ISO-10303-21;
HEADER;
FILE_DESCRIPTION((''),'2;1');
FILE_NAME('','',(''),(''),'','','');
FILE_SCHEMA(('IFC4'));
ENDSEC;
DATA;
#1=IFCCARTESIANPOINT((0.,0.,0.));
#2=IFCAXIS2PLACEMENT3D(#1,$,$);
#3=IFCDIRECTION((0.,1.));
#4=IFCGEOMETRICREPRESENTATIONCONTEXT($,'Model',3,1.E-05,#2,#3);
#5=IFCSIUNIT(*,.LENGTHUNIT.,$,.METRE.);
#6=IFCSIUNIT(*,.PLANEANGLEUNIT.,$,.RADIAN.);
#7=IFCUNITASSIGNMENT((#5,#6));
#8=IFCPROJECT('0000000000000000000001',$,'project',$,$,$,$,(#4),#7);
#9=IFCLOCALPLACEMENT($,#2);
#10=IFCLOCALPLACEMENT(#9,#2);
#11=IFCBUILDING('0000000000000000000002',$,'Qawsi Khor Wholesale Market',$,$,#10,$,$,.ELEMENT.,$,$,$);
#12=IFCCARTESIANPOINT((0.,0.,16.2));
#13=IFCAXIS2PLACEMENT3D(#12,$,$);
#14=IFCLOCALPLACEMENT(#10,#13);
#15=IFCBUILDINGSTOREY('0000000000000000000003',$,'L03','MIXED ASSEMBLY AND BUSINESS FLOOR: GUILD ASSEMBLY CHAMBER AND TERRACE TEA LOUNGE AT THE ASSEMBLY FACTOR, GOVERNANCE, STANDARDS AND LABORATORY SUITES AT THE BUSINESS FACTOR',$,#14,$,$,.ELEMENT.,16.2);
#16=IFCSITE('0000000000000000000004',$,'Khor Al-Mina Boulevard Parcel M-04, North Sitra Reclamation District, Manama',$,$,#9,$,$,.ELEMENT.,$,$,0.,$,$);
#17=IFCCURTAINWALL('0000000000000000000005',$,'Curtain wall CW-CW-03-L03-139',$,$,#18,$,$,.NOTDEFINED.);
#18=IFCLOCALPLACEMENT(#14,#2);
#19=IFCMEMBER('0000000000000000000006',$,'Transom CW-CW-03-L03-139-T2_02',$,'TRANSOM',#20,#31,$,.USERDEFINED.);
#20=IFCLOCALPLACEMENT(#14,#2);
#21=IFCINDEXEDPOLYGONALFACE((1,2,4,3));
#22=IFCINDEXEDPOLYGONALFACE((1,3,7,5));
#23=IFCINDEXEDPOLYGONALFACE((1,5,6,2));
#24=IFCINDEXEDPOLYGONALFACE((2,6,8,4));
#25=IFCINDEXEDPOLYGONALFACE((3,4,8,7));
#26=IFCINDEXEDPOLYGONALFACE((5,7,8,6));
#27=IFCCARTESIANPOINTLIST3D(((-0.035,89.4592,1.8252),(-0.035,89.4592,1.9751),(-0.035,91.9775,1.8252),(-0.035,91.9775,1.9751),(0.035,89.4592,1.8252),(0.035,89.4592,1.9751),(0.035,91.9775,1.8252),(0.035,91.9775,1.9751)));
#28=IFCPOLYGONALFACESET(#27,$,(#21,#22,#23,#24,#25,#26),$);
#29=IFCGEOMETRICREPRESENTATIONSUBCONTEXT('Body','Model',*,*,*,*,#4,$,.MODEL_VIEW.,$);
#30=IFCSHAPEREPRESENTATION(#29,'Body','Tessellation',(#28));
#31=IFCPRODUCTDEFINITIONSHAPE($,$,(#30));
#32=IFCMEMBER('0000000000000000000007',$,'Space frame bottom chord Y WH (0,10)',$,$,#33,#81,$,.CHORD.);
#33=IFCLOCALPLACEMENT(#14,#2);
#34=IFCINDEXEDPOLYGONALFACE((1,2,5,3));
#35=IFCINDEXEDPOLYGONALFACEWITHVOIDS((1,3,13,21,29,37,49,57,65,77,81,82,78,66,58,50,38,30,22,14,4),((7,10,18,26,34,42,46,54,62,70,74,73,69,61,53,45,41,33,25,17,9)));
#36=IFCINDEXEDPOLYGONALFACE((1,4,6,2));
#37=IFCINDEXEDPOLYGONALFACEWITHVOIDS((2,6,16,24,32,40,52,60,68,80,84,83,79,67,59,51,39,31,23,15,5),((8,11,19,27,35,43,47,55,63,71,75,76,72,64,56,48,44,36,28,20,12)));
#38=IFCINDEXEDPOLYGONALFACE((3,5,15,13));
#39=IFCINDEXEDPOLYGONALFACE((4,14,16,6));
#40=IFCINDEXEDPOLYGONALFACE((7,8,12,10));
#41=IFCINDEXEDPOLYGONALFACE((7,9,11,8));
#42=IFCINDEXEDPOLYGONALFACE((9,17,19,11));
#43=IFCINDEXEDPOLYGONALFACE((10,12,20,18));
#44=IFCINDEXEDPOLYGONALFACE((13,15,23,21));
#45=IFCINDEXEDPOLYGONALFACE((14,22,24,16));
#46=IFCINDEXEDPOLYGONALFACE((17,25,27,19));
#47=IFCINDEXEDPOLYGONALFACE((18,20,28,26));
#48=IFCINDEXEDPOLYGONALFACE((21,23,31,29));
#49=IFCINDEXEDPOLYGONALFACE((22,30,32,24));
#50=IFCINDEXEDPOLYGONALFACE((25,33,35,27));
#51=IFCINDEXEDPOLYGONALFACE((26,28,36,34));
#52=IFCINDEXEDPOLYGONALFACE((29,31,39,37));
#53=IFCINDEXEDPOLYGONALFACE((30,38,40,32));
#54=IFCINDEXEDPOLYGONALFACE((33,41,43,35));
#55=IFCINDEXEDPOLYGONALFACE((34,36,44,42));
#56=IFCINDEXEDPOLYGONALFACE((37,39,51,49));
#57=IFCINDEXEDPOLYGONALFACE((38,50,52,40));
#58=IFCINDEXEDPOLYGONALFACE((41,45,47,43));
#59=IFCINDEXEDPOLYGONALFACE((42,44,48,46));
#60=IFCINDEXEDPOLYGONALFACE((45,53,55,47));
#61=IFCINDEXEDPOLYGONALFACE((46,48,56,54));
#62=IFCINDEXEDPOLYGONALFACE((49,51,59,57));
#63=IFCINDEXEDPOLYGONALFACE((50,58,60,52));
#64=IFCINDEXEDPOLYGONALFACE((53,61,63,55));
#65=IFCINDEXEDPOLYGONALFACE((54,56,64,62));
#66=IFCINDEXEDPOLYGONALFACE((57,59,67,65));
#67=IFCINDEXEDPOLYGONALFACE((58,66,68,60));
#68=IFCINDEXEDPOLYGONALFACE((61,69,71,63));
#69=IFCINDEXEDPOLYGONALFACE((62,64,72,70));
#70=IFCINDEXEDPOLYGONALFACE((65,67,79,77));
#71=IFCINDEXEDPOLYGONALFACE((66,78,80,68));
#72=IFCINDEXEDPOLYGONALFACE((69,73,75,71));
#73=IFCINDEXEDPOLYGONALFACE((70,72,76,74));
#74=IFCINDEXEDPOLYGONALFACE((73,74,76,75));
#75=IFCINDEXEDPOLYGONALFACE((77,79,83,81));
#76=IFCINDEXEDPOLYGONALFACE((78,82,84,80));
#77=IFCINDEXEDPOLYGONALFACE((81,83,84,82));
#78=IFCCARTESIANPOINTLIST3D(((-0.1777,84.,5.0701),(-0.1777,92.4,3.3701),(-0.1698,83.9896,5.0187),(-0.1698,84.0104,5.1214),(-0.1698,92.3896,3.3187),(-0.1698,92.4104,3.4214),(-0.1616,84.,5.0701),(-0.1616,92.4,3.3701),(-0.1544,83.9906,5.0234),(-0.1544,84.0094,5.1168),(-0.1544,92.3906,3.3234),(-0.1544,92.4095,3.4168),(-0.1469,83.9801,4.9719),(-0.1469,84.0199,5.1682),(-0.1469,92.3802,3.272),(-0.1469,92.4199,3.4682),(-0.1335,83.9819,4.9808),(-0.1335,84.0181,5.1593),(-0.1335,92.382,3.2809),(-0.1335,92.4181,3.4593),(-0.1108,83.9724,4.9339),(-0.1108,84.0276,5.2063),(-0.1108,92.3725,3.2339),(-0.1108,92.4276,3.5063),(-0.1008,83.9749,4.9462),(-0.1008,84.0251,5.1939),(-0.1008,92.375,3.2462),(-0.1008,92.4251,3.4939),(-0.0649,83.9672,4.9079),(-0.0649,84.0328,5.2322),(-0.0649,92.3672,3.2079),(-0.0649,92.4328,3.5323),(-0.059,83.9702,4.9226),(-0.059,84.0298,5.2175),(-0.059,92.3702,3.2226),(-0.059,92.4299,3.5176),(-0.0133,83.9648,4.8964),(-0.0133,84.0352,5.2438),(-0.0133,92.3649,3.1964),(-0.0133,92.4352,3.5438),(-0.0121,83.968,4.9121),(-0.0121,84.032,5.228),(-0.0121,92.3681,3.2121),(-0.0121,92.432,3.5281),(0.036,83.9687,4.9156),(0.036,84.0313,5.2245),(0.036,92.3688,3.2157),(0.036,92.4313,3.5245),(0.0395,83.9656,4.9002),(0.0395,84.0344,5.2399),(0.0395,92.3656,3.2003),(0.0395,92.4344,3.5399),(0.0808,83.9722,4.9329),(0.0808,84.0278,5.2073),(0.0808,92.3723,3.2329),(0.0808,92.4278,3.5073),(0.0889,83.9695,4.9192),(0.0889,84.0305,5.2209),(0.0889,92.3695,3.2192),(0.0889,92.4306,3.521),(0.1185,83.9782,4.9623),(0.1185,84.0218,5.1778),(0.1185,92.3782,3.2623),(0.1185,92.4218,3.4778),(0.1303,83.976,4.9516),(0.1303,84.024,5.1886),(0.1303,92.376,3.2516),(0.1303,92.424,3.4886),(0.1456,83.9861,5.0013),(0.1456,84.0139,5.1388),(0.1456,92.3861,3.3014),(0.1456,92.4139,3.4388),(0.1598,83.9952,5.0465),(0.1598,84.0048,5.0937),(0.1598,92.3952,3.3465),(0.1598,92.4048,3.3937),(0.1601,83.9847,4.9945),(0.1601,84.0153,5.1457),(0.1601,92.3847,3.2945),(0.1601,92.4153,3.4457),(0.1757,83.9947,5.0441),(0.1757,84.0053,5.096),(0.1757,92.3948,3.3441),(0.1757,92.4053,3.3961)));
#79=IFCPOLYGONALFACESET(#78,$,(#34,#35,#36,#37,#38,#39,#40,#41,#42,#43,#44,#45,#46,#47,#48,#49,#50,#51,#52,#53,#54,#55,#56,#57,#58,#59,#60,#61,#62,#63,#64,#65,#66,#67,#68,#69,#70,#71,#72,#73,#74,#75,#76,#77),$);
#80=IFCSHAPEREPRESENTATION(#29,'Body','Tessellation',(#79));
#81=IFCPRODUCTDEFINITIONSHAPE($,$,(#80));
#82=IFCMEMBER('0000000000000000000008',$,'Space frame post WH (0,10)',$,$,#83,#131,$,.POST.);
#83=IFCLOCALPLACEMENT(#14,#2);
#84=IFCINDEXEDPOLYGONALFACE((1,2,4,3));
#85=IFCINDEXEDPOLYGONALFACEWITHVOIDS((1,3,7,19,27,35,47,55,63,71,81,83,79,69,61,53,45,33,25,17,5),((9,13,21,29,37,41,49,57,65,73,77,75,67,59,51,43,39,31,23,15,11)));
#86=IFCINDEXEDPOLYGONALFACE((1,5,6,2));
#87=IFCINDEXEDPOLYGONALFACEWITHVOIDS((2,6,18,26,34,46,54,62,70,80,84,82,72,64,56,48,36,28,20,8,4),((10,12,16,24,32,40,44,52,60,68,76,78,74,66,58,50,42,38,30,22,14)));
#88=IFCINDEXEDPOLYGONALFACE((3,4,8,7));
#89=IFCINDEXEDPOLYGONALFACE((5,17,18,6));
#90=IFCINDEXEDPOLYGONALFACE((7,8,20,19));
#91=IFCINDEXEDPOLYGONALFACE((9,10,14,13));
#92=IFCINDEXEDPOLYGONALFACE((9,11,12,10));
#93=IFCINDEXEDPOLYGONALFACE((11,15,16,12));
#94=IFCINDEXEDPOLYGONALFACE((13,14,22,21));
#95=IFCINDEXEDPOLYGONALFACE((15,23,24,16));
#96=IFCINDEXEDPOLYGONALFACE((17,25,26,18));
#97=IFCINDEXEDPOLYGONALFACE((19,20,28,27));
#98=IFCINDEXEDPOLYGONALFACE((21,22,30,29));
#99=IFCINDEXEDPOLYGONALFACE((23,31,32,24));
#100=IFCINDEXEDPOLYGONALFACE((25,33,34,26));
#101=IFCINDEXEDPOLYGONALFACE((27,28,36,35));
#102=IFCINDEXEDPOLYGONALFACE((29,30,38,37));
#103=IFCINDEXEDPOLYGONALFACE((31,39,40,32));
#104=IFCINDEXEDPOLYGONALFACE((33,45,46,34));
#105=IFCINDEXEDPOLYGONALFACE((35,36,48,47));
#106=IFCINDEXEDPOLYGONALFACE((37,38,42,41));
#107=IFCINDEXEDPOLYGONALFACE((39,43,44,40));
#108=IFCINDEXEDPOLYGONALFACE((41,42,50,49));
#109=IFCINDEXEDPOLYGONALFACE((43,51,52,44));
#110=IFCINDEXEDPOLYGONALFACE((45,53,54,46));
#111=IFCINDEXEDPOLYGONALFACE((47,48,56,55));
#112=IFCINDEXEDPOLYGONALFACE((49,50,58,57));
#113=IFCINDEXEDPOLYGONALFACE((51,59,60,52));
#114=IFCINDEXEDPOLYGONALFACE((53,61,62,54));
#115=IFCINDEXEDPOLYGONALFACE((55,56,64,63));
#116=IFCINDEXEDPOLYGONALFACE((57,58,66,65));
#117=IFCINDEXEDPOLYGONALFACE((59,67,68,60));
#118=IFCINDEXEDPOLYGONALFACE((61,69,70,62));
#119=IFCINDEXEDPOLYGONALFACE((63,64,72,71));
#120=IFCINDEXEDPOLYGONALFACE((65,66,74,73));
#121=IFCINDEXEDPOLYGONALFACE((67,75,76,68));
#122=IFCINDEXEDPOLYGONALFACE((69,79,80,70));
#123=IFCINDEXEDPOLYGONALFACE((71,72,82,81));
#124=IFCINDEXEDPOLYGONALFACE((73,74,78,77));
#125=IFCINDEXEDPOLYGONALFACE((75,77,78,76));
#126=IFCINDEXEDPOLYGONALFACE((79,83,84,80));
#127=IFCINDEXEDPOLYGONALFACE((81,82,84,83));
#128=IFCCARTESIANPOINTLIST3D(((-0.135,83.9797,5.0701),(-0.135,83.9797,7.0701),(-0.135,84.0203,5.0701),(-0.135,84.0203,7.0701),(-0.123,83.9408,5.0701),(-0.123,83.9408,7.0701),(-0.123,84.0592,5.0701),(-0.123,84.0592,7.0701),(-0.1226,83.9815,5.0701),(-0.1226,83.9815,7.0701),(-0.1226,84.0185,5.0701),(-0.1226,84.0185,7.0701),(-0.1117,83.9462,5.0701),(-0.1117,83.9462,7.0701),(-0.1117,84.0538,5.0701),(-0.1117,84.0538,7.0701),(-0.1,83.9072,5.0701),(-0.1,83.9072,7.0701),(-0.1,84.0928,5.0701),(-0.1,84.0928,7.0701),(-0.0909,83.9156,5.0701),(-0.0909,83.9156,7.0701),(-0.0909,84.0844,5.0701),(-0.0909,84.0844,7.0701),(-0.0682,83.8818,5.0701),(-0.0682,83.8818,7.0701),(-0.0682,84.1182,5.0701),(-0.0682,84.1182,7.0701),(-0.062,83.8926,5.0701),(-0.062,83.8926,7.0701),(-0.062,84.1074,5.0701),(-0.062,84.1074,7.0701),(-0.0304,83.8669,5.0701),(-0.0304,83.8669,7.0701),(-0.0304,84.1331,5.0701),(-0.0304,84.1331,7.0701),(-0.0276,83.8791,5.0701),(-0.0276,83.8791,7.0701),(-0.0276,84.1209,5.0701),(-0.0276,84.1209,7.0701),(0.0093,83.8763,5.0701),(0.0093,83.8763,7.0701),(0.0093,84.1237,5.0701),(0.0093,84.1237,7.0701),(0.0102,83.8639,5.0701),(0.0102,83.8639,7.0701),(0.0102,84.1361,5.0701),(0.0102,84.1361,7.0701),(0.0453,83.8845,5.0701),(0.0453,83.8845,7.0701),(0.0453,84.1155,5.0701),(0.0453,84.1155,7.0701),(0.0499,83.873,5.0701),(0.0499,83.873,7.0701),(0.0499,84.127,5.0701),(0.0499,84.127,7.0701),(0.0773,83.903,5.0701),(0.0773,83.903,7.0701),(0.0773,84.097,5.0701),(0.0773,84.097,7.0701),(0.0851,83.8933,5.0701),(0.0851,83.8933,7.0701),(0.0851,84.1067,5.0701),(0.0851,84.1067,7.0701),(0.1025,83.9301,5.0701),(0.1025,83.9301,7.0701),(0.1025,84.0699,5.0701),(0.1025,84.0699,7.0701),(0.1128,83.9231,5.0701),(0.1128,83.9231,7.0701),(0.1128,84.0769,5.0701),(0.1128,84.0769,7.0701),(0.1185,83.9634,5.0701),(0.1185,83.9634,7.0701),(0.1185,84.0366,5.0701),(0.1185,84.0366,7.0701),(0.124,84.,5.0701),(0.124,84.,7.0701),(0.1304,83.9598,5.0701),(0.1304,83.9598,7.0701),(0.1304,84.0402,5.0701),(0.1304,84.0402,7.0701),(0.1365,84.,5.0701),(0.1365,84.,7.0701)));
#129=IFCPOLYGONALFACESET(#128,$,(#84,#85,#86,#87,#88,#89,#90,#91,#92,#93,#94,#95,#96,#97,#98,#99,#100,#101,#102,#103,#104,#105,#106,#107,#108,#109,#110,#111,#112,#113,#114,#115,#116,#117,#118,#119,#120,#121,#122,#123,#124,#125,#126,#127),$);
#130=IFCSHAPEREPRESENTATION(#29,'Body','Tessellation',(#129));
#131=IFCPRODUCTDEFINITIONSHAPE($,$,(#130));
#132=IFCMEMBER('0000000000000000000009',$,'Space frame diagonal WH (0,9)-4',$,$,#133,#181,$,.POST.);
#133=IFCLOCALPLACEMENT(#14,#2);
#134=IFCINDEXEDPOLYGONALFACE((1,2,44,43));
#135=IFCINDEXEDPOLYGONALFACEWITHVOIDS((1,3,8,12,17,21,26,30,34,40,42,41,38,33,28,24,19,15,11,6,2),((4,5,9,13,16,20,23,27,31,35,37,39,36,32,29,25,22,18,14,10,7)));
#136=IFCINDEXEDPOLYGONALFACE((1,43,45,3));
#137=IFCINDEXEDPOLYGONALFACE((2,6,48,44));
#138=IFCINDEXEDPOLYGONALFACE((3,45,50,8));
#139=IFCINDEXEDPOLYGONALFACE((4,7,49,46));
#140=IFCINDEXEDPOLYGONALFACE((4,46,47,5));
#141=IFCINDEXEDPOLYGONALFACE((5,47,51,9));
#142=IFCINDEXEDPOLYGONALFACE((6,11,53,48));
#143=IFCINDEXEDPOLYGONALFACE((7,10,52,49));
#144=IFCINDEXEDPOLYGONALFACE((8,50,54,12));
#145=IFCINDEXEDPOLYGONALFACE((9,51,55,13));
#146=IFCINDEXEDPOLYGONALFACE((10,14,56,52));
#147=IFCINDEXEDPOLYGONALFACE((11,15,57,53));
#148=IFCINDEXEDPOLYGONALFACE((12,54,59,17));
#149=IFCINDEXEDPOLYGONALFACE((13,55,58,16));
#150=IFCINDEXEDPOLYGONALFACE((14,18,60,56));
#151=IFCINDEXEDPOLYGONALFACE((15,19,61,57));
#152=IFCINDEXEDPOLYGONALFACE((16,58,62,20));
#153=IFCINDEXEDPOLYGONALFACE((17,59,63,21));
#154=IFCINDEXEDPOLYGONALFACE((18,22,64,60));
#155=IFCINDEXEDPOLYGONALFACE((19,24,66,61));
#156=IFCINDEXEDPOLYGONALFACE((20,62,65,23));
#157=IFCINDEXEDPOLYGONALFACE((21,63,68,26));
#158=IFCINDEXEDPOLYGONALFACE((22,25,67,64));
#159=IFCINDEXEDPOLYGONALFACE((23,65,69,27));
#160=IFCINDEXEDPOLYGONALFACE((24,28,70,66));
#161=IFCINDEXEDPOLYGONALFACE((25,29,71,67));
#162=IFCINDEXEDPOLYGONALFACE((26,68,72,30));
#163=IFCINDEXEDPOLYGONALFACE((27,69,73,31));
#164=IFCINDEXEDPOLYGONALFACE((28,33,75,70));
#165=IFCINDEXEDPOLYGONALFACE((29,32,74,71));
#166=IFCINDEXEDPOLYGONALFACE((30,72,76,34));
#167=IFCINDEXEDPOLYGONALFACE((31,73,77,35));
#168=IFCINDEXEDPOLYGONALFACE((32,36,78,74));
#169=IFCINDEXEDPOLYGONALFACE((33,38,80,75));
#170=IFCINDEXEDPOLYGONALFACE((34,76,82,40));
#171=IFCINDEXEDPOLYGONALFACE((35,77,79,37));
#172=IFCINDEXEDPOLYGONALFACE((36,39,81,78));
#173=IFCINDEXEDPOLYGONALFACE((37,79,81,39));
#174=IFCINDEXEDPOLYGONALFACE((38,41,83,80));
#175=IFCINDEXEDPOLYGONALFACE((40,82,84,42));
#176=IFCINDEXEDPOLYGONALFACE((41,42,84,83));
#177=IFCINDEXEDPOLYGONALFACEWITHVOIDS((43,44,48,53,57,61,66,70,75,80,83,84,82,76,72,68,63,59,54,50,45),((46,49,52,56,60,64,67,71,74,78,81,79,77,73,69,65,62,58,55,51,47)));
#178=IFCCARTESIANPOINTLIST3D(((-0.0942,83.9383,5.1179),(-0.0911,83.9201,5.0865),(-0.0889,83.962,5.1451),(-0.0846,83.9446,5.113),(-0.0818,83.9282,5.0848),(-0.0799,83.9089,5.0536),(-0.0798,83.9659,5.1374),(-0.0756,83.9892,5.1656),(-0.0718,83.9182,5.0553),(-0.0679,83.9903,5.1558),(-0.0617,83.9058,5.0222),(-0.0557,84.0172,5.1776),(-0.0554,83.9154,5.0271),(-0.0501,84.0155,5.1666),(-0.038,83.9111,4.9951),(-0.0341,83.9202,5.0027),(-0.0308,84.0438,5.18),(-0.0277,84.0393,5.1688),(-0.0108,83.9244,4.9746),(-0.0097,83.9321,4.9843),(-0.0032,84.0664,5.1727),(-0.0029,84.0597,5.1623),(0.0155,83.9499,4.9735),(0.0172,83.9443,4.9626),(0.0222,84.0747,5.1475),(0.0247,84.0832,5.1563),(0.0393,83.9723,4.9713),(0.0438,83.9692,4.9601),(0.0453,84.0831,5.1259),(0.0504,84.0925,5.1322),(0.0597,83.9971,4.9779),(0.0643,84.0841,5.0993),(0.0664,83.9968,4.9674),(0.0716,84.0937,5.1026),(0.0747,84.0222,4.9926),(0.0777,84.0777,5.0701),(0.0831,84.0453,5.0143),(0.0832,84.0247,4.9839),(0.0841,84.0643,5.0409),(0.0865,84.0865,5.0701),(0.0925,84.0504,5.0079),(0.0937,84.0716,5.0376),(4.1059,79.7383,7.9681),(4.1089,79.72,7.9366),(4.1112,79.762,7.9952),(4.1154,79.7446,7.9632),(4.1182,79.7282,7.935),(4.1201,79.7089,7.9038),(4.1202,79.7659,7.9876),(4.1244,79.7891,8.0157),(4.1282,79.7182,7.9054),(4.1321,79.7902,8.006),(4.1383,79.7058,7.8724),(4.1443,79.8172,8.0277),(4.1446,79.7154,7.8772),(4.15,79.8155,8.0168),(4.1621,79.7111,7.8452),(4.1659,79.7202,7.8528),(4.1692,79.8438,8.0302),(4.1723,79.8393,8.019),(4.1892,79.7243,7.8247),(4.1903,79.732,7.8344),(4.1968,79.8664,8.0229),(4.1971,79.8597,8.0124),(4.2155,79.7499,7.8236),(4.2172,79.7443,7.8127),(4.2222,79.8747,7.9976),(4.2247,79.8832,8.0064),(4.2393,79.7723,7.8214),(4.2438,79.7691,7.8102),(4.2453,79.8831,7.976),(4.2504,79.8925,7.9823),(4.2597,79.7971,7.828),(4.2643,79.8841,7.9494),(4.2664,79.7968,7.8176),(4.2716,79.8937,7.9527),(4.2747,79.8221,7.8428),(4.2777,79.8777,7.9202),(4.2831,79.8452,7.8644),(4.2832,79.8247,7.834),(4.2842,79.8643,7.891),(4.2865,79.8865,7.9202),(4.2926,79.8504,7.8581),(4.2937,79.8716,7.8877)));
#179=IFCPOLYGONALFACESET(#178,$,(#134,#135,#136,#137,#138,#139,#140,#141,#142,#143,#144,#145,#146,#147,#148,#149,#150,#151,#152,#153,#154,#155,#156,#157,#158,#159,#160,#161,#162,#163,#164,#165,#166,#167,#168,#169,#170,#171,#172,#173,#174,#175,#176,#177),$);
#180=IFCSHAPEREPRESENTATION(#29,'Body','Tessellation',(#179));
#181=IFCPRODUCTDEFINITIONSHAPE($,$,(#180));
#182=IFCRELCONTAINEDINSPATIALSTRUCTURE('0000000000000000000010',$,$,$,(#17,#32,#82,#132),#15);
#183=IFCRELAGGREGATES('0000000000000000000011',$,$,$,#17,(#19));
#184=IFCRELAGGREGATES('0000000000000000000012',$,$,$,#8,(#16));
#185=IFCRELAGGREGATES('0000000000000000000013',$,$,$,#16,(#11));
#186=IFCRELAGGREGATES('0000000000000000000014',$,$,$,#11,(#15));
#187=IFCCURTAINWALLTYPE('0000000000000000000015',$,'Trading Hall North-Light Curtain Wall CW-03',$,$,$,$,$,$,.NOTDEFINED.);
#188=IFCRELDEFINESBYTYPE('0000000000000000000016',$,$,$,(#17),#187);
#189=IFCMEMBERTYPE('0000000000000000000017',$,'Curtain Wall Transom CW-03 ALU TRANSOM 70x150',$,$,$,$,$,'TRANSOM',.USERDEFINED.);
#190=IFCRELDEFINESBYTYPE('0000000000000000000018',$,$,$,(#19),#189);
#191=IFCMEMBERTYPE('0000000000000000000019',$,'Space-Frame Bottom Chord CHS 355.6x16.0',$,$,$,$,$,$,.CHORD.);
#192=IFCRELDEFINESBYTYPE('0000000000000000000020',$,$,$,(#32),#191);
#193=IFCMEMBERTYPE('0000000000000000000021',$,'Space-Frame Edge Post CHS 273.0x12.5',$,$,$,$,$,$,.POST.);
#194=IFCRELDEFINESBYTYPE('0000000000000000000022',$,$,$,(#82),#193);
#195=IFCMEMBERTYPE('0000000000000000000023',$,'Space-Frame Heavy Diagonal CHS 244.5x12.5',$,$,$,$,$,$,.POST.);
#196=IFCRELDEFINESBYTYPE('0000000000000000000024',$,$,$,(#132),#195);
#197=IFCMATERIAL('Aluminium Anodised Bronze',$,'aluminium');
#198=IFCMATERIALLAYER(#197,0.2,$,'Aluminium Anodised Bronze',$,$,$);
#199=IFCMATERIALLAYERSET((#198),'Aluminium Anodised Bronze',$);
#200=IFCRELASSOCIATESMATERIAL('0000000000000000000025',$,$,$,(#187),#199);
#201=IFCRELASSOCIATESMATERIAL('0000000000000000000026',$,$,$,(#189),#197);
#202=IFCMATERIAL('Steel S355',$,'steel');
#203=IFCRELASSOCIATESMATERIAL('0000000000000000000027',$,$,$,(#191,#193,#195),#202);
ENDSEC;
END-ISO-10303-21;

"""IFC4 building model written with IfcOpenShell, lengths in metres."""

from ifc_helpers import new_model, si_unit, direction, frame, origin, origin_2d, place, context, subcontext, project, spatial, rectangle, hollow_circle, extrude, material, layer, layer_set, material_profile, profile_set, type_object, element, aggregate, save


model = new_model("IFC4")

# Units and contexts
model_context = context("Model", 3, precision=1e-05, world=origin(), true_north=direction((0.0, 1.0)))
body_context = subcontext(model_context, "Body", "Model", "MODEL_VIEW")
ifc_project = project(units=[si_unit("LENGTHUNIT", "METRE"), si_unit("PLANEANGLEUNIT", "RADIAN")], contexts=[model_context])

# Site, building, storey
site_placement = place(None, origin())
site = spatial("IfcSite", under=ifc_project, at=site_placement, Name="Khor Al-Mina Boulevard Parcel M-04, North Sitra Reclamation District, Manama", CompositionType="ELEMENT", RefElevation=0.0)
building_placement = place(site_placement, origin())
building = spatial("IfcBuilding", under=site, at=building_placement, Name="Qawsi Khor Wholesale Market", CompositionType="ELEMENT")
storey_placement = place(building_placement, frame((0.0, 0.0, 16.2)))
storey = spatial("IfcBuildingStorey", under=building, at=storey_placement, Name="L03", Description="MIXED ASSEMBLY AND BUSINESS FLOOR: GUILD ASSEMBLY CHAMBER AND TERRACE TEA LOUNGE AT THE ASSEMBLY FACTOR, GOVERNANCE, STANDARDS AND LABORATORY SUITES AT THE BUSINESS FACTOR", CompositionType="ELEMENT", Elevation=16.2)

# Shared definitions
ifc_material_1 = material(Name="Aluminium Anodised Bronze", Category="aluminium")
ifc_layer_1 = layer(ifc_material_1, 0.2, Name="Aluminium Anodised Bronze")
ifc_layer_set_1 = layer_set([ifc_layer_1], Name="Aluminium Anodised Bronze")
curtain_wall_type = type_object("IfcCurtainWallType", Name="Trading Hall North-Light Curtain Wall CW-03", PredefinedType="NOTDEFINED", material=ifc_layer_set_1)

# Curtain wall
curtain_wall_1_placement = place(storey_placement, origin())
curtain_wall_1 = element("IfcCurtainWall", 1, at=curtain_wall_1_placement, inside=storey, type_object=curtain_wall_type, Name="Curtain wall CW-CW-03-L03-139", PredefinedType="NOTDEFINED")

# Member
ifc_material_profile_1 = material_profile(ifc_material_1, rectangle(XDim=0.0701, YDim=0.1499, at=origin_2d()), Name="ALU TRANSOM 70x150")
ifc_profile_set_1 = profile_set([ifc_material_profile_1], Name="Aluminium Anodised Bronze")
member_type_1 = type_object("IfcMemberType", Name="Curtain Wall Transom CW-03 ALU TRANSOM 70x150", ElementType="TRANSOM", PredefinedType="USERDEFINED", material=ifc_profile_set_1)
member_1_placement = place(storey_placement, frame((0.0, 89.4592, 1.9001), z_axis=(0.0, 1.0, 0.0), x_axis=(-1.0, 0.0, 0.0)))
member_1 = element("IfcMember", 2, at=member_1_placement, type_object=member_type_1, Name="Transom CW-CW-03-L03-139-T2_02", ObjectType="TRANSOM", PredefinedType="USERDEFINED", context=body_context, shape_type="SweptSolid", body=[
    extrude(rectangle(XDim=0.0701, YDim=0.1499, at=origin_2d()), origin(), (0.0, 0.0, 1.0), 2.5183),
])

# Members
ifc_material_2 = material(Name="Steel S355", Category="steel")
ifc_material_profile_2 = material_profile(ifc_material_2, hollow_circle(Radius=0.1777, WallThickness=0.0161, at=origin_2d()), Name="CHS 355.6x16.0")
ifc_profile_set_2 = profile_set([ifc_material_profile_2], Name="Steel S355")
member_type_2 = type_object("IfcMemberType", Name="Space-Frame Bottom Chord CHS 355.6x16.0", PredefinedType="CHORD", material=ifc_profile_set_2)
member_2_placement = place(storey_placement, frame((0.0, 84.0, 5.0701), z_axis=(0.0, 0.98013, -0.198356), x_axis=(-1.0, 0.0, 0.0)))
element("IfcMember", 3, at=member_2_placement, inside=storey, type_object=member_type_2, Name="Space frame bottom chord Y WH (0,10)", PredefinedType="CHORD", context=body_context, shape_type="SweptSolid", body=[
    extrude(hollow_circle(Radius=0.1777, WallThickness=0.0161, at=origin_2d()), origin(), (0.0, 0.0, 1.0), 8.5703),
])
ifc_material_profile_3 = material_profile(ifc_material_2, hollow_circle(Radius=0.1365, WallThickness=0.0125, at=origin_2d()), Name="CHS 273.0x12.5")
ifc_profile_set_3 = profile_set([ifc_material_profile_3], Name="Steel S355")
member_type_3 = type_object("IfcMemberType", Name="Space-Frame Edge Post CHS 273.0x12.5", PredefinedType="POST", material=ifc_profile_set_3)
member_3_placement = place(storey_placement, frame((0.0, 84.0, 5.0701), z_axis=(0.0, 0.0, 1.0), x_axis=(1.0, 0.0, 0.0)))
element("IfcMember", 4, at=member_3_placement, inside=storey, type_object=member_type_3, Name="Space frame post WH (0,10)", PredefinedType="POST", context=body_context, shape_type="SweptSolid", body=[
    extrude(hollow_circle(Radius=0.1365, WallThickness=0.0125, at=origin_2d()), origin(), (0.0, 0.0, 1.0), 2.0),
])
ifc_material_profile_4 = material_profile(ifc_material_2, hollow_circle(Radius=0.1223, WallThickness=0.0125, at=origin_2d()), Name="CHS 244.5x12.5")
ifc_profile_set_4 = profile_set([ifc_material_profile_4], Name="Steel S355")
member_type_4 = type_object("IfcMemberType", Name="Space-Frame Heavy Diagonal CHS 244.5x12.5", PredefinedType="POST", material=ifc_profile_set_4)
member_4_placement = place(storey_placement, frame((0.0, 84.0, 5.0701), z_axis=(0.637512, -0.637512, 0.432617), x_axis=(0.707107, 0.707107, 0.0)))
element("IfcMember", 5, at=member_4_placement, inside=storey, type_object=member_type_4, Name="Space frame diagonal WH (0,9)-4", PredefinedType="POST", context=body_context, shape_type="SweptSolid", body=[
    extrude(hollow_circle(Radius=0.1223, WallThickness=0.0125, at=origin_2d()), origin(), (0.0, 0.0, 1.0), 6.5881),
])

aggregate(curtain_wall_1, [member_1])

save(model, "model.ifc")
